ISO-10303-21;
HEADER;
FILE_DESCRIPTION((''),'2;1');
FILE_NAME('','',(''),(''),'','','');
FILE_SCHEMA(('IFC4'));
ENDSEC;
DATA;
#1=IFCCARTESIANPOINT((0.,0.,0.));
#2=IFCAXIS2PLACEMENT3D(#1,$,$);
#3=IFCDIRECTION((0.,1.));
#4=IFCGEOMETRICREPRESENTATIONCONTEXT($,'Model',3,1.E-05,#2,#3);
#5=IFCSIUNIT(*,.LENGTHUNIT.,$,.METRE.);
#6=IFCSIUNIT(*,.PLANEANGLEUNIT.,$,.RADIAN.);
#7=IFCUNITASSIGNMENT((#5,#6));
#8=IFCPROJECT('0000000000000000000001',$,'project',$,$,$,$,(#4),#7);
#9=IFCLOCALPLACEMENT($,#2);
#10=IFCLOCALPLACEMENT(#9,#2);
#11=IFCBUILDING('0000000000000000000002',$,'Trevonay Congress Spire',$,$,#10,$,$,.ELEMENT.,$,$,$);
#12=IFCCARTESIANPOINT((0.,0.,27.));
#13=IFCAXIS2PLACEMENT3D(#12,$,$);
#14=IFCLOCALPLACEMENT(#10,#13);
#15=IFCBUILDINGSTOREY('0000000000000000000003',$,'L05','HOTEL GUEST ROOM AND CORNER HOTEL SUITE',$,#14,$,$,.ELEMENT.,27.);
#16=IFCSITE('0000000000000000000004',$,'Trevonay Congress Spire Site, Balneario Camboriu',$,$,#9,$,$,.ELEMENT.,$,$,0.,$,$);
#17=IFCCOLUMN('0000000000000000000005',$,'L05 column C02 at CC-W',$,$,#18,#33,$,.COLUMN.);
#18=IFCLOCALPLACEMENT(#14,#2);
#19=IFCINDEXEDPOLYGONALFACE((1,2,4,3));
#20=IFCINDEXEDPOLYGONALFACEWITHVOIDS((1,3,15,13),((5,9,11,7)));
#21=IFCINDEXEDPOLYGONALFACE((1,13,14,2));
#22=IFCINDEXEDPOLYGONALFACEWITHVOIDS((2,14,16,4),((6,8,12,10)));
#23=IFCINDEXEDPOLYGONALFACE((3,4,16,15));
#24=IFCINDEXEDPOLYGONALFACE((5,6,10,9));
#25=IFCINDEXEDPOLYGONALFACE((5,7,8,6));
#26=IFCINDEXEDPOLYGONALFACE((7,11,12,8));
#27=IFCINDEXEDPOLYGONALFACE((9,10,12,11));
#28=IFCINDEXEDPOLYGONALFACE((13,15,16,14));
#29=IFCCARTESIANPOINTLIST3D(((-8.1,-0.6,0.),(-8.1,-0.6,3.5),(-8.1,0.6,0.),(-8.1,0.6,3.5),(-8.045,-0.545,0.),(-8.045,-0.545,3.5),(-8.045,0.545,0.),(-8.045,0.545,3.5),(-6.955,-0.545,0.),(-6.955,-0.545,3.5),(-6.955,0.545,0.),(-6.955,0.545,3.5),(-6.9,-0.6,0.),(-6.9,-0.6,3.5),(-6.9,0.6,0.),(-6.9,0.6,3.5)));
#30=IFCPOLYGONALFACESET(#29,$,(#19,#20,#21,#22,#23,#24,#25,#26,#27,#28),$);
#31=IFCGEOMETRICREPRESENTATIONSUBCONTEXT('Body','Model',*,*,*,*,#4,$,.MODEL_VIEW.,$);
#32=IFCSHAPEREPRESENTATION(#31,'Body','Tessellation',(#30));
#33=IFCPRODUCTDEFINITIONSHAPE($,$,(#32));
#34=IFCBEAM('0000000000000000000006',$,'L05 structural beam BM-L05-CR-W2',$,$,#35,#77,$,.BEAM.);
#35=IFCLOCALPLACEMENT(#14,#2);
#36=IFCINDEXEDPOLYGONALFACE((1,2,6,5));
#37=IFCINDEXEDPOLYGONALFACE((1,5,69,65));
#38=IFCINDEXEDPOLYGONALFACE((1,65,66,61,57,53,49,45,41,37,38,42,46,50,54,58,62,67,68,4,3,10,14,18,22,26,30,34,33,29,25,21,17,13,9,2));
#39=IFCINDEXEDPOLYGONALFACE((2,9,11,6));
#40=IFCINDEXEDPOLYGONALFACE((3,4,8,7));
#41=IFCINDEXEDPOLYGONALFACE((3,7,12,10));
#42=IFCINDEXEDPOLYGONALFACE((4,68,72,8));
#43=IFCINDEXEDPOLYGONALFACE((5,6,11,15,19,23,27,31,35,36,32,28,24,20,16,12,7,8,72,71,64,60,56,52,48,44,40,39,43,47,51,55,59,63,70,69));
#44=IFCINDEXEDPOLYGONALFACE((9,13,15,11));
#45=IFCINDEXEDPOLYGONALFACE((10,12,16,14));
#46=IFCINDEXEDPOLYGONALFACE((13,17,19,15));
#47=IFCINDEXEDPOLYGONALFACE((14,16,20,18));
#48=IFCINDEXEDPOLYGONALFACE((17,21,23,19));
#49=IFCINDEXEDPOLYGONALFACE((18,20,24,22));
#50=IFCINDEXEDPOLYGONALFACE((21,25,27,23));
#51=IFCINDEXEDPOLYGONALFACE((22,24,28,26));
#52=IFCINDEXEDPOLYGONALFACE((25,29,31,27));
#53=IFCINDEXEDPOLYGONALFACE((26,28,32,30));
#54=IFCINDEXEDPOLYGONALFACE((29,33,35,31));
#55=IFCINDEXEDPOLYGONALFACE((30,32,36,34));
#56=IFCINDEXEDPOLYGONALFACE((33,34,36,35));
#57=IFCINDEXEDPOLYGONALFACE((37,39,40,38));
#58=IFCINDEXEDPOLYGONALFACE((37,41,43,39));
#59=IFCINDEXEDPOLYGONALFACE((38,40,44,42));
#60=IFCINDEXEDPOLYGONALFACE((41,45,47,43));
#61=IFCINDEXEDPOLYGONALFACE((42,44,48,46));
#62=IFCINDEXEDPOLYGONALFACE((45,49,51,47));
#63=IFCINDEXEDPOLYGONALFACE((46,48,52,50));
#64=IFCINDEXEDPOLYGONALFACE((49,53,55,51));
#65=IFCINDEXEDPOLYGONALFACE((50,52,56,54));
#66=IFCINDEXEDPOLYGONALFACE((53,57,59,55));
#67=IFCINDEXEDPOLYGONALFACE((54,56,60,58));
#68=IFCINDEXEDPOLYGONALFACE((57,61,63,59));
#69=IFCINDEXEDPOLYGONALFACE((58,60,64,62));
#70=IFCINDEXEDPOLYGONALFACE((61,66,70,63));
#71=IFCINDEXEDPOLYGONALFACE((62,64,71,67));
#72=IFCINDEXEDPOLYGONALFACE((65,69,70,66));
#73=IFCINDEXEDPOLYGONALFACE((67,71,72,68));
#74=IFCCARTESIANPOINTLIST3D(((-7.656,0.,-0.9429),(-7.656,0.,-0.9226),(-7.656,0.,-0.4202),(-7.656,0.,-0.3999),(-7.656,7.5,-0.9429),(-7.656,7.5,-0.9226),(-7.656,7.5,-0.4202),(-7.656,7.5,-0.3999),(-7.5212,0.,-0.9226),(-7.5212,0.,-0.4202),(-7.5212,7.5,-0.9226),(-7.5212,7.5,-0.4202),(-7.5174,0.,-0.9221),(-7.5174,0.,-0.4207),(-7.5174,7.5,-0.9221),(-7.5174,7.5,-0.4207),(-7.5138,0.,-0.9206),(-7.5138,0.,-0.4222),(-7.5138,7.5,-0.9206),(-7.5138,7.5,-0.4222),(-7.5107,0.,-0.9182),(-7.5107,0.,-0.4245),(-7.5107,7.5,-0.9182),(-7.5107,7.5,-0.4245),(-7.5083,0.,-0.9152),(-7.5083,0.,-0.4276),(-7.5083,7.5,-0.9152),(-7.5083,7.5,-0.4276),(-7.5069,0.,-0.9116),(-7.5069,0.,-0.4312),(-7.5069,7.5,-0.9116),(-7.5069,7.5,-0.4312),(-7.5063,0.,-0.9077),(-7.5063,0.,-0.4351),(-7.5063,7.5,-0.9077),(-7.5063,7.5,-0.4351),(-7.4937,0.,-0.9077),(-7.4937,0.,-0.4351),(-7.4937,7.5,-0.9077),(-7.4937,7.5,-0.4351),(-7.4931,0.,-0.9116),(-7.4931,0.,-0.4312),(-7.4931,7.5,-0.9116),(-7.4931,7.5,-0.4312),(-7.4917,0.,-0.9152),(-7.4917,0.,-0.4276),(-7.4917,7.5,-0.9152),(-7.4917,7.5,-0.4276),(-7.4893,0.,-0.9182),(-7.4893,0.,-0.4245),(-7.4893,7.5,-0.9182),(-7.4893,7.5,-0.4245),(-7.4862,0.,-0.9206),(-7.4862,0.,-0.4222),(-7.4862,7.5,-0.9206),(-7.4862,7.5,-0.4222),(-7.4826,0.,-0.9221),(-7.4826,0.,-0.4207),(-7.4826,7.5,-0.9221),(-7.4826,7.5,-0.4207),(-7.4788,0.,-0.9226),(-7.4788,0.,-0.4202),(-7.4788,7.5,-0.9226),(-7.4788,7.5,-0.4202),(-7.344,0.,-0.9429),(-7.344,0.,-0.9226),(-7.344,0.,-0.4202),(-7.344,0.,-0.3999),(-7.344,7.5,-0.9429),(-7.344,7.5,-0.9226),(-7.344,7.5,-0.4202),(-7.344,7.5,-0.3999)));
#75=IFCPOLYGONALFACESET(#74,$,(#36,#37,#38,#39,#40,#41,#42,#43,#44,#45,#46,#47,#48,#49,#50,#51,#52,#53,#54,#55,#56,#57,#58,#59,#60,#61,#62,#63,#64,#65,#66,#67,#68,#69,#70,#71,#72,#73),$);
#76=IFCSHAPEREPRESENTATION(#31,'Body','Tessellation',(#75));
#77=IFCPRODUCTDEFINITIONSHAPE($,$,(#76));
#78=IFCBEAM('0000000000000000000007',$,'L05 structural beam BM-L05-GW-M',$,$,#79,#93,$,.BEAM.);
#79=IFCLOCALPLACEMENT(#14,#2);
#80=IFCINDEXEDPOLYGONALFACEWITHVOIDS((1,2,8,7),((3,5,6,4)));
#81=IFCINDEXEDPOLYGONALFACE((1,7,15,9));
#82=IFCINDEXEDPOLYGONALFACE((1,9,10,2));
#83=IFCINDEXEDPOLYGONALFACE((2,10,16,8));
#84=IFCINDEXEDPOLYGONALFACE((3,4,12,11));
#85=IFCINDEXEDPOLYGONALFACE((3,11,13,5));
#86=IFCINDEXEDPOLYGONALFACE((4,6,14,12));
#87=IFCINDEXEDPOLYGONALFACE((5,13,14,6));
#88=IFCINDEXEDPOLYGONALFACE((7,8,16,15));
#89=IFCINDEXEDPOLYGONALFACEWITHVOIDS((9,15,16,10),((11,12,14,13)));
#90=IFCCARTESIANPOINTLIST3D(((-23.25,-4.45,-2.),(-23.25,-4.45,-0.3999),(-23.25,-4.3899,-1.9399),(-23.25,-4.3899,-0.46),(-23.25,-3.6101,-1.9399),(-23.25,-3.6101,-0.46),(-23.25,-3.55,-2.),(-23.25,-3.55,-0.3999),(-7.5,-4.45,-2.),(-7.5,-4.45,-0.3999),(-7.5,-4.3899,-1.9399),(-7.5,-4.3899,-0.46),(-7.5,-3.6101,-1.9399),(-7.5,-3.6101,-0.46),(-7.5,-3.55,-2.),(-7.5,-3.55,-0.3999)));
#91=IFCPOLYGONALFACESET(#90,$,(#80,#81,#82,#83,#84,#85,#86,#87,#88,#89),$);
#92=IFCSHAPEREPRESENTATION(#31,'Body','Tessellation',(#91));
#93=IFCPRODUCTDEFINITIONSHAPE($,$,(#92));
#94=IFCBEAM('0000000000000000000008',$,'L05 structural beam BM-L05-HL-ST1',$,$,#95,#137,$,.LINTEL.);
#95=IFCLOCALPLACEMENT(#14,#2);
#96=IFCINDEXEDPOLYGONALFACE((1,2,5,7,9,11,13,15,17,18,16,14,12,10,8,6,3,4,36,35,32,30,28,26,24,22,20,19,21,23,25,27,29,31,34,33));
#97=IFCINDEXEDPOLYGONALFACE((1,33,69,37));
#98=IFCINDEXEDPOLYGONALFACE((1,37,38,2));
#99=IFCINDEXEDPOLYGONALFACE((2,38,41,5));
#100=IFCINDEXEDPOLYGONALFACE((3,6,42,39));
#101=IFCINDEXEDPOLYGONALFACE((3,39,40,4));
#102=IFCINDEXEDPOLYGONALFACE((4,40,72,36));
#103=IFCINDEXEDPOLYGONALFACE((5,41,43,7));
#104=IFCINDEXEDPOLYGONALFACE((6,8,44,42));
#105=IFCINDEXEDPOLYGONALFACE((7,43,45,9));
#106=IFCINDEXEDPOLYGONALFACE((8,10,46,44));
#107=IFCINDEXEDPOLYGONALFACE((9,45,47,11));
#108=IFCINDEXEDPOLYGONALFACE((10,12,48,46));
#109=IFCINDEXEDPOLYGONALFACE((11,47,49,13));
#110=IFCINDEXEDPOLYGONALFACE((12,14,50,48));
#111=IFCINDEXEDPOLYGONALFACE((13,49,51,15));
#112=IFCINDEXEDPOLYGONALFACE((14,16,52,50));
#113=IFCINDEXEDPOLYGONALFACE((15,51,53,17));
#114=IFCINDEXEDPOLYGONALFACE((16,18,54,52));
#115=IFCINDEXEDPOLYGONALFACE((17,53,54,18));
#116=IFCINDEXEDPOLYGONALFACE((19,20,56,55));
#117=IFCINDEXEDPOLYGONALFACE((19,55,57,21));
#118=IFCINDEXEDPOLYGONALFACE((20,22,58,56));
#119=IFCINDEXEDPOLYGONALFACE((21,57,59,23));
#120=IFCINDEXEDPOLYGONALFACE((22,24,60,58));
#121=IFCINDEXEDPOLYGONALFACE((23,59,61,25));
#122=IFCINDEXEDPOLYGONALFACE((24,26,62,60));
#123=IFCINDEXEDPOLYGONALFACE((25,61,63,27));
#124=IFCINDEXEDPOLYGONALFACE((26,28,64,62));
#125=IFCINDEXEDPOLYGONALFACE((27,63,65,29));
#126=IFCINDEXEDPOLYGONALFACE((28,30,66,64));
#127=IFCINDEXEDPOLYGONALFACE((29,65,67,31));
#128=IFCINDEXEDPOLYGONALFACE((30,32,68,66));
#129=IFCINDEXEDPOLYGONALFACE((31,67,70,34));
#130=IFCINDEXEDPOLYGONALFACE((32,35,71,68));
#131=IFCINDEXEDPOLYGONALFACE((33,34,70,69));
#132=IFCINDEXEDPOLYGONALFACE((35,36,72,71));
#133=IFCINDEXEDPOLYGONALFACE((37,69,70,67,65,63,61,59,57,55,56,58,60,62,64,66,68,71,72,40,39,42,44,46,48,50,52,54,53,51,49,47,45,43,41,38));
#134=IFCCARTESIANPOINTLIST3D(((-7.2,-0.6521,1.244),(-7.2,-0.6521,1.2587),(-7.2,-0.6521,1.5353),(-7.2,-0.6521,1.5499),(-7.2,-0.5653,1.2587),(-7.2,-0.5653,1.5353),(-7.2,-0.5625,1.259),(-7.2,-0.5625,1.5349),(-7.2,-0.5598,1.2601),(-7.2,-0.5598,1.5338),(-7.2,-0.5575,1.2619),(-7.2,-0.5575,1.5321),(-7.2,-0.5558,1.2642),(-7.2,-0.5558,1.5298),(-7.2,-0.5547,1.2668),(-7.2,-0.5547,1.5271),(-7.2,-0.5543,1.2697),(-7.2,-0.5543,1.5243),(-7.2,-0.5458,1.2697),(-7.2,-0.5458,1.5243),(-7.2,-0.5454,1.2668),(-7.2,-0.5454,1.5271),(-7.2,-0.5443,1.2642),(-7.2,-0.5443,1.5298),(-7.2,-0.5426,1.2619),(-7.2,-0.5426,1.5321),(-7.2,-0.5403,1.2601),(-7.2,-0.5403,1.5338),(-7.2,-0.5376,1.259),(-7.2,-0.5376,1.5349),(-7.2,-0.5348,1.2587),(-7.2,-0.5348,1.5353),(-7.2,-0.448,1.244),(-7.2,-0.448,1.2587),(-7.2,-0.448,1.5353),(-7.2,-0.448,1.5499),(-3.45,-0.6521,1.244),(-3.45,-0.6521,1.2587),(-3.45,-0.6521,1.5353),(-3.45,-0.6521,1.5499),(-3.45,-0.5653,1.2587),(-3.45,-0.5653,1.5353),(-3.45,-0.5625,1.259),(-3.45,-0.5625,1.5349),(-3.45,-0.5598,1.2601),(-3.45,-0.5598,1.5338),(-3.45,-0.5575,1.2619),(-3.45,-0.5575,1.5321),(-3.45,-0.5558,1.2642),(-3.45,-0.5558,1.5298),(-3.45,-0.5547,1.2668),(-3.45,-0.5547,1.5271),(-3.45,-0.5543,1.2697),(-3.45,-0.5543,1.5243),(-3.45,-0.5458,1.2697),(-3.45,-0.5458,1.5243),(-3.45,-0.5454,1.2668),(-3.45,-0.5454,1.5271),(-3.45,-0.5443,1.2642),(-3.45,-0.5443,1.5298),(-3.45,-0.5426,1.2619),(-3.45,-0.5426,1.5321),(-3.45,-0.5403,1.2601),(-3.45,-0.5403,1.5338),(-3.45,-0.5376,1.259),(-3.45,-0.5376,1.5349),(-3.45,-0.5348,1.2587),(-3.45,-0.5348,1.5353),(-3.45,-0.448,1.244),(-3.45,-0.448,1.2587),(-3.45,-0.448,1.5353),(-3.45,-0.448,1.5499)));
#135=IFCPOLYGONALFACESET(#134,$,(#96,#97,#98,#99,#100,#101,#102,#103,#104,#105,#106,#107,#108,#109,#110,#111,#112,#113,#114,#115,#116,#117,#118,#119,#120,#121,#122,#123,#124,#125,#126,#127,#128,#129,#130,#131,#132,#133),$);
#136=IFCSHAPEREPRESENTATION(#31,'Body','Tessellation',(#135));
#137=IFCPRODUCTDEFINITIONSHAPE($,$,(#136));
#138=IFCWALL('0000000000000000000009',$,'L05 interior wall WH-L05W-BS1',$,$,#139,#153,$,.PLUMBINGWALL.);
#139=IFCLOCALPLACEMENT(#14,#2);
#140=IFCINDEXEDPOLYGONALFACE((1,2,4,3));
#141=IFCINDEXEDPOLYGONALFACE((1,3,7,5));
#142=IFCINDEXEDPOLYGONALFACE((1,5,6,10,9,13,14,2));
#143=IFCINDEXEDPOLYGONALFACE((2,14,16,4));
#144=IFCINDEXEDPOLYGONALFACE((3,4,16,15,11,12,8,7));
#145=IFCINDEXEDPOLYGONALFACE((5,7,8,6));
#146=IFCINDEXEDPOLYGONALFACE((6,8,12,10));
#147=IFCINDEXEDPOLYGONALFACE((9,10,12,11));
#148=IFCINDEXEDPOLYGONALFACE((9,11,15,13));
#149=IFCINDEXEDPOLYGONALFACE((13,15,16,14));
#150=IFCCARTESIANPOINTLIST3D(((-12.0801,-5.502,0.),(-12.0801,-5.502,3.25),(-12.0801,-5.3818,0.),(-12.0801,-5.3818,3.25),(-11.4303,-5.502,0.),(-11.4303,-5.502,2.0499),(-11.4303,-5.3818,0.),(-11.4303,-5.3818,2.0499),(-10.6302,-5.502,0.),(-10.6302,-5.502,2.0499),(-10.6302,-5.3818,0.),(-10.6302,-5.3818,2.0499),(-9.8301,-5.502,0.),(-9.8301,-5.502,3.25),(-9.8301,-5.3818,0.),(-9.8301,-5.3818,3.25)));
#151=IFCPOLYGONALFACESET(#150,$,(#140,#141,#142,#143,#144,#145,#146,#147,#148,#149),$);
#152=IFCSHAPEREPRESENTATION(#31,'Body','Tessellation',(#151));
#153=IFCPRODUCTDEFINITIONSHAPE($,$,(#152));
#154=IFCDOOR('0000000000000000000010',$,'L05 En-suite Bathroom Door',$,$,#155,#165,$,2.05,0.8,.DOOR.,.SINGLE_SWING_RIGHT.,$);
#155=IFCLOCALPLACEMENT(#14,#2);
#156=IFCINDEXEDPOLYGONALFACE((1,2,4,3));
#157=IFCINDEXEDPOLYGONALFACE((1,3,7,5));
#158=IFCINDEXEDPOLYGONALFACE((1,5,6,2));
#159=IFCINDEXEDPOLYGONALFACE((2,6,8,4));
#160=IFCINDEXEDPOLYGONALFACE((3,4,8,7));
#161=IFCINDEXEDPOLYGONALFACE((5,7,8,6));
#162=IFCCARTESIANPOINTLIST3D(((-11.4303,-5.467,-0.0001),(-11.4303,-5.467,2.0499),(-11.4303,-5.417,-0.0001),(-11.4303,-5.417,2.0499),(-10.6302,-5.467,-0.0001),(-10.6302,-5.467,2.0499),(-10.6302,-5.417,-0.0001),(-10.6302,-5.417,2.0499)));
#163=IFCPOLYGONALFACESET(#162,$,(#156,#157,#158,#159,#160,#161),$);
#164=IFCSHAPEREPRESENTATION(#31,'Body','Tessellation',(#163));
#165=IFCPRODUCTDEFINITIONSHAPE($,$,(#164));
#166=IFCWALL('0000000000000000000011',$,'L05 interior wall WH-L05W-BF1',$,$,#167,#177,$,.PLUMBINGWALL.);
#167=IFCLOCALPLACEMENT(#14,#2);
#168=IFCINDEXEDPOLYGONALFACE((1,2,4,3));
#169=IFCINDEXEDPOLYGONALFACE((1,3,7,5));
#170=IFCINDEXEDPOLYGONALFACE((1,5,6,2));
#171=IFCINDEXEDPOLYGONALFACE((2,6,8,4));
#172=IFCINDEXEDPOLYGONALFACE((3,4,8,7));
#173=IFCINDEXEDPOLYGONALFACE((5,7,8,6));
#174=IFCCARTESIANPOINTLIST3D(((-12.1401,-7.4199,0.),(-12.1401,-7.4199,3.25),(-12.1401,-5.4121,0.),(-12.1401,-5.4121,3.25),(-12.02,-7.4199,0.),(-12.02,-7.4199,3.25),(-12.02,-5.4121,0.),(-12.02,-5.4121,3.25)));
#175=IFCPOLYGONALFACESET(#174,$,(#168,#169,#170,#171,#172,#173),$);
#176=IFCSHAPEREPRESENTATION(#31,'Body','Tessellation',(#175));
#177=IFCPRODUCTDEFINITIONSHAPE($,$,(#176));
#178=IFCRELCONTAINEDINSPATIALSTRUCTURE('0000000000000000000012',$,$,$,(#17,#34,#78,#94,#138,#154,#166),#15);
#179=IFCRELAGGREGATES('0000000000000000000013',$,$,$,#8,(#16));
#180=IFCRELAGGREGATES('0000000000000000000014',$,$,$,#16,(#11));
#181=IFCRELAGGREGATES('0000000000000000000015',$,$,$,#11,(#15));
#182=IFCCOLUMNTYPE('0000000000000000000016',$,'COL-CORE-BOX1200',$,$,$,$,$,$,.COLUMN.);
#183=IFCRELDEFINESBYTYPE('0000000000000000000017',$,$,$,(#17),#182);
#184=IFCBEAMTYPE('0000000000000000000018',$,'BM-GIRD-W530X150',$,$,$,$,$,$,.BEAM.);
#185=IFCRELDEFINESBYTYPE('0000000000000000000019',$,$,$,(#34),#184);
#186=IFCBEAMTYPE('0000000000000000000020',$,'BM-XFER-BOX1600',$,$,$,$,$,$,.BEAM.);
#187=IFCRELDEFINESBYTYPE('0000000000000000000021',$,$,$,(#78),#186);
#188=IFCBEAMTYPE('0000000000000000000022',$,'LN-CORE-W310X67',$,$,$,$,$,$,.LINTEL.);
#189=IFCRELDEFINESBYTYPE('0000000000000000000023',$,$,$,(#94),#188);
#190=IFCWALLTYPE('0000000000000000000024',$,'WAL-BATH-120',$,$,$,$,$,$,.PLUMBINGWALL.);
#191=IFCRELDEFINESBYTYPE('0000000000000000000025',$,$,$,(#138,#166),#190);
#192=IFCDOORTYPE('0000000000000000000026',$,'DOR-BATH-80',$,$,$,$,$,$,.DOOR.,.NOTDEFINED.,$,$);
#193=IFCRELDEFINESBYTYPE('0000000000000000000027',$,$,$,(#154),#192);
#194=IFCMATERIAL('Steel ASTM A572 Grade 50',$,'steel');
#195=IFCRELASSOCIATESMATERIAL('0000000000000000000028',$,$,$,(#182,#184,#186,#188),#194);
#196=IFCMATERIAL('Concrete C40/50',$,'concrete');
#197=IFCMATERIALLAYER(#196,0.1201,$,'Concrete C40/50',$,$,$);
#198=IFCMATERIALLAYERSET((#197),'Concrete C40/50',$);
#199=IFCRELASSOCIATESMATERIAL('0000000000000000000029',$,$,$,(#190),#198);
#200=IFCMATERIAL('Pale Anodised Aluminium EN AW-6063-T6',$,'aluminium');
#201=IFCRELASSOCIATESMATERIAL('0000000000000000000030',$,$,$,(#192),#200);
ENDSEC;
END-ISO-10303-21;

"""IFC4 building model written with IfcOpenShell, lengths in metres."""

from ifc_helpers import new_model, si_unit, direction, frame, frame_2d, origin, origin_2d, place, context, subcontext, project, spatial, rectangle, hollow_rectangle, i_section, extrude, material, layer, layer_set, material_profile, profile_set, type_object, element, fill, save


model = new_model("IFC4")

# Units and contexts
model_context = context("Model", 3, precision=1e-05, world=origin(), true_north=direction((0.0, 1.0)))
body_context = subcontext(model_context, "Body", "Model", "MODEL_VIEW")
ifc_project = project(units=[si_unit("LENGTHUNIT", "METRE"), si_unit("PLANEANGLEUNIT", "RADIAN")], contexts=[model_context])

# Site, building, storey
site_placement = place(None, origin())
site = spatial("IfcSite", under=ifc_project, at=site_placement, Name="Trevonay Congress Spire Site, Balneario Camboriu", CompositionType="ELEMENT", RefElevation=0.0)
building_placement = place(site_placement, origin())
building = spatial("IfcBuilding", under=site, at=building_placement, Name="Trevonay Congress Spire", CompositionType="ELEMENT")
storey_placement = place(building_placement, frame((0.0, 0.0, 27.0)))
storey = spatial("IfcBuildingStorey", under=building, at=storey_placement, Name="L05", Description="HOTEL GUEST ROOM AND CORNER HOTEL SUITE", CompositionType="ELEMENT", Elevation=27.0)

# Column
ifc_material_1 = material(Name="Steel ASTM A572 Grade 50", Category="steel")
ifc_material_profile_1 = material_profile(ifc_material_1, hollow_rectangle(XDim=1.2, YDim=1.2, WallThickness=0.0549, at=origin_2d()), Name="BOX 1200x1200x55")
ifc_profile_set_1 = profile_set([ifc_material_profile_1], Name="Steel ASTM A572 Grade 50")
column_type = type_object("IfcColumnType", Name="COL-CORE-BOX1200", PredefinedType="COLUMN", material=ifc_profile_set_1)
column_placement = place(storey_placement, frame((-7.5, 0.0, 0.0), z_axis=(0.0, 0.0, 1.0), x_axis=(1.0, 0.0, 0.0)))
element("IfcColumn", 1, at=column_placement, inside=storey, type_object=column_type, Name="L05 column C02 at CC-W", PredefinedType="COLUMN", context=body_context, shape_type="SweptSolid", body=[
    extrude(hollow_rectangle(XDim=1.2, YDim=1.2, WallThickness=0.0549, at=origin_2d()), origin(), (0.0, 0.0, 1.0), 3.5),
])

# Beams
ifc_material_profile_2 = material_profile(ifc_material_1, i_section(OverallWidth=0.312, OverallDepth=0.543, WebThickness=0.0127, FlangeThickness=0.0203, FilletRadius=0.0149, at=origin_2d()), Name="W530x150")
ifc_profile_set_2 = profile_set([ifc_material_profile_2], Name="Steel ASTM A572 Grade 50")
beam_type_1 = type_object("IfcBeamType", Name="BM-GIRD-W530X150", PredefinedType="BEAM", material=ifc_profile_set_2)
beam_1_placement = place(storey_placement, frame((-7.5, 0.0, -0.6714), z_axis=(0.0, 1.0, 0.0), x_axis=(-1.0, 0.0, 0.0)))
element("IfcBeam", 2, at=beam_1_placement, inside=storey, type_object=beam_type_1, Name="L05 structural beam BM-L05-CR-W2", PredefinedType="BEAM", context=body_context, shape_type="SweptSolid", body=[
    extrude(i_section(OverallWidth=0.312, OverallDepth=0.543, WebThickness=0.0127, FlangeThickness=0.0203, FilletRadius=0.0149, at=origin_2d()), origin(), (0.0, 0.0, 1.0), 7.5),
])
ifc_material_profile_3 = material_profile(ifc_material_1, hollow_rectangle(XDim=0.8999, YDim=1.6001, WallThickness=0.0601, at=origin_2d()), Name="BOX 1600x900x60")
ifc_profile_set_3 = profile_set([ifc_material_profile_3], Name="Steel ASTM A572 Grade 50")
beam_type_2 = type_object("IfcBeamType", Name="BM-XFER-BOX1600", PredefinedType="BEAM", material=ifc_profile_set_3)
beam_2_placement = place(storey_placement, frame((-7.5, -4.0, -1.2), z_axis=(-1.0, 0.0, 0.0), x_axis=(0.0, -1.0, 0.0)))
element("IfcBeam", 3, at=beam_2_placement, inside=storey, type_object=beam_type_2, Name="L05 structural beam BM-L05-GW-M", PredefinedType="BEAM", context=body_context, shape_type="SweptSolid", body=[
    extrude(hollow_rectangle(XDim=0.8999, YDim=1.6001, WallThickness=0.0601, at=origin_2d()), origin(), (0.0, 0.0, 1.0), 15.75),
])
ifc_material_profile_4 = material_profile(ifc_material_1, i_section(OverallWidth=0.2041, OverallDepth=0.3059, WebThickness=0.0085, FlangeThickness=0.0146, FilletRadius=0.011, at=origin_2d()), Name="W310x67")
ifc_profile_set_4 = profile_set([ifc_material_profile_4], Name="Steel ASTM A572 Grade 50")
beam_type_3 = type_object("IfcBeamType", Name="LN-CORE-W310X67", PredefinedType="LINTEL", material=ifc_profile_set_4)
beam_3_placement = place(storey_placement, frame((-7.2, -0.55, 1.397), z_axis=(1.0, 0.0, 0.0), x_axis=(0.0, 1.0, 0.0)))
element("IfcBeam", 4, at=beam_3_placement, inside=storey, type_object=beam_type_3, Name="L05 structural beam BM-L05-HL-ST1", PredefinedType="LINTEL", context=body_context, shape_type="SweptSolid", body=[
    extrude(i_section(OverallWidth=0.2041, OverallDepth=0.3059, WebThickness=0.0085, FlangeThickness=0.0146, FilletRadius=0.011, at=origin_2d()), origin(), (0.0, 0.0, 1.0), 3.75),
])

# Wall, opening, door
ifc_material_2 = material(Name="Concrete C40/50", Category="concrete")
ifc_layer_1 = layer(ifc_material_2, 0.1201, Name="Concrete C40/50")
ifc_layer_set_1 = layer_set([ifc_layer_1], Name="Concrete C40/50")
wall_type_1 = type_object("IfcWallType", Name="WAL-BATH-120", PredefinedType="PLUMBINGWALL", material=ifc_layer_set_1)
wall_1_placement = place(storey_placement, frame((-12.0801, -5.4419, 0.0), z_axis=(0.0, 0.0, 1.0), x_axis=(1.0, 0.0, 0.0)))
wall_1 = element("IfcWall", 5, at=wall_1_placement, inside=storey, type_object=wall_type_1, Name="L05 interior wall WH-L05W-BS1", PredefinedType="PLUMBINGWALL", context=body_context, shape_type="SweptSolid", body=[
    extrude(rectangle(XDim=2.25, YDim=0.1201, at=frame_2d((1.125, 0.0))), origin(), (0.0, 0.0, 1.0), 3.25),
])
opening_1_placement = place(wall_1_placement, frame((0.6499, 0.0, 0.0)))
opening_1 = element("IfcOpeningElement", 6, at=opening_1_placement, cuts=wall_1, PredefinedType="OPENING", context=body_context, shape_type="SweptSolid", body=[
    extrude(rectangle(XDim=0.8, YDim=2.05, at=frame_2d((0.3999, 1.0249))), frame((0.0, 0.0701, 0.0), z_axis=(0.0, -1.0, 0.0), x_axis=(1.0, 0.0, 0.0)), (0.0, 0.0, 1.0), 0.1401),
])
ifc_material_3 = material(Name="Pale Anodised Aluminium EN AW-6063-T6", Category="aluminium")
door_type_1 = type_object("IfcDoorType", Name="DOR-BATH-80", OperationType="NOTDEFINED", PredefinedType="DOOR", material=ifc_material_3)
door_1_placement = place(opening_1_placement, origin())
door_1 = element("IfcDoor", 7, at=door_1_placement, inside=storey, type_object=door_type_1, Name="L05 En-suite Bathroom Door", OperationType="SINGLE_SWING_RIGHT", OverallHeight=2.05, OverallWidth=0.8, PredefinedType="DOOR", context=body_context, shape_type="SweptSolid", body=[
    extrude(rectangle(XDim=0.8, YDim=2.05, at=frame_2d((0.3999, 1.0249))), frame((0.0, 0.0249, 0.0), z_axis=(0.0, -1.0, 0.0), x_axis=(1.0, 0.0, 0.0)), (0.0, 0.0, 1.0), 0.05),
])
fill(opening_1, door_1)

# Wall
wall_2_placement = place(storey_placement, frame((-12.0801, -7.4199, 0.0), z_axis=(0.0, 0.0, 1.0), x_axis=(0.0, 1.0, 0.0)))
element("IfcWall", 8, at=wall_2_placement, inside=storey, type_object=wall_type_1, Name="L05 interior wall WH-L05W-BF1", PredefinedType="PLUMBINGWALL", context=body_context, shape_type="SweptSolid", body=[
    extrude(rectangle(XDim=2.0078, YDim=0.1201, at=frame_2d((1.0039, 0.0))), origin(), (0.0, 0.0, 1.0), 3.25),
])

save(model, "model.ifc")
